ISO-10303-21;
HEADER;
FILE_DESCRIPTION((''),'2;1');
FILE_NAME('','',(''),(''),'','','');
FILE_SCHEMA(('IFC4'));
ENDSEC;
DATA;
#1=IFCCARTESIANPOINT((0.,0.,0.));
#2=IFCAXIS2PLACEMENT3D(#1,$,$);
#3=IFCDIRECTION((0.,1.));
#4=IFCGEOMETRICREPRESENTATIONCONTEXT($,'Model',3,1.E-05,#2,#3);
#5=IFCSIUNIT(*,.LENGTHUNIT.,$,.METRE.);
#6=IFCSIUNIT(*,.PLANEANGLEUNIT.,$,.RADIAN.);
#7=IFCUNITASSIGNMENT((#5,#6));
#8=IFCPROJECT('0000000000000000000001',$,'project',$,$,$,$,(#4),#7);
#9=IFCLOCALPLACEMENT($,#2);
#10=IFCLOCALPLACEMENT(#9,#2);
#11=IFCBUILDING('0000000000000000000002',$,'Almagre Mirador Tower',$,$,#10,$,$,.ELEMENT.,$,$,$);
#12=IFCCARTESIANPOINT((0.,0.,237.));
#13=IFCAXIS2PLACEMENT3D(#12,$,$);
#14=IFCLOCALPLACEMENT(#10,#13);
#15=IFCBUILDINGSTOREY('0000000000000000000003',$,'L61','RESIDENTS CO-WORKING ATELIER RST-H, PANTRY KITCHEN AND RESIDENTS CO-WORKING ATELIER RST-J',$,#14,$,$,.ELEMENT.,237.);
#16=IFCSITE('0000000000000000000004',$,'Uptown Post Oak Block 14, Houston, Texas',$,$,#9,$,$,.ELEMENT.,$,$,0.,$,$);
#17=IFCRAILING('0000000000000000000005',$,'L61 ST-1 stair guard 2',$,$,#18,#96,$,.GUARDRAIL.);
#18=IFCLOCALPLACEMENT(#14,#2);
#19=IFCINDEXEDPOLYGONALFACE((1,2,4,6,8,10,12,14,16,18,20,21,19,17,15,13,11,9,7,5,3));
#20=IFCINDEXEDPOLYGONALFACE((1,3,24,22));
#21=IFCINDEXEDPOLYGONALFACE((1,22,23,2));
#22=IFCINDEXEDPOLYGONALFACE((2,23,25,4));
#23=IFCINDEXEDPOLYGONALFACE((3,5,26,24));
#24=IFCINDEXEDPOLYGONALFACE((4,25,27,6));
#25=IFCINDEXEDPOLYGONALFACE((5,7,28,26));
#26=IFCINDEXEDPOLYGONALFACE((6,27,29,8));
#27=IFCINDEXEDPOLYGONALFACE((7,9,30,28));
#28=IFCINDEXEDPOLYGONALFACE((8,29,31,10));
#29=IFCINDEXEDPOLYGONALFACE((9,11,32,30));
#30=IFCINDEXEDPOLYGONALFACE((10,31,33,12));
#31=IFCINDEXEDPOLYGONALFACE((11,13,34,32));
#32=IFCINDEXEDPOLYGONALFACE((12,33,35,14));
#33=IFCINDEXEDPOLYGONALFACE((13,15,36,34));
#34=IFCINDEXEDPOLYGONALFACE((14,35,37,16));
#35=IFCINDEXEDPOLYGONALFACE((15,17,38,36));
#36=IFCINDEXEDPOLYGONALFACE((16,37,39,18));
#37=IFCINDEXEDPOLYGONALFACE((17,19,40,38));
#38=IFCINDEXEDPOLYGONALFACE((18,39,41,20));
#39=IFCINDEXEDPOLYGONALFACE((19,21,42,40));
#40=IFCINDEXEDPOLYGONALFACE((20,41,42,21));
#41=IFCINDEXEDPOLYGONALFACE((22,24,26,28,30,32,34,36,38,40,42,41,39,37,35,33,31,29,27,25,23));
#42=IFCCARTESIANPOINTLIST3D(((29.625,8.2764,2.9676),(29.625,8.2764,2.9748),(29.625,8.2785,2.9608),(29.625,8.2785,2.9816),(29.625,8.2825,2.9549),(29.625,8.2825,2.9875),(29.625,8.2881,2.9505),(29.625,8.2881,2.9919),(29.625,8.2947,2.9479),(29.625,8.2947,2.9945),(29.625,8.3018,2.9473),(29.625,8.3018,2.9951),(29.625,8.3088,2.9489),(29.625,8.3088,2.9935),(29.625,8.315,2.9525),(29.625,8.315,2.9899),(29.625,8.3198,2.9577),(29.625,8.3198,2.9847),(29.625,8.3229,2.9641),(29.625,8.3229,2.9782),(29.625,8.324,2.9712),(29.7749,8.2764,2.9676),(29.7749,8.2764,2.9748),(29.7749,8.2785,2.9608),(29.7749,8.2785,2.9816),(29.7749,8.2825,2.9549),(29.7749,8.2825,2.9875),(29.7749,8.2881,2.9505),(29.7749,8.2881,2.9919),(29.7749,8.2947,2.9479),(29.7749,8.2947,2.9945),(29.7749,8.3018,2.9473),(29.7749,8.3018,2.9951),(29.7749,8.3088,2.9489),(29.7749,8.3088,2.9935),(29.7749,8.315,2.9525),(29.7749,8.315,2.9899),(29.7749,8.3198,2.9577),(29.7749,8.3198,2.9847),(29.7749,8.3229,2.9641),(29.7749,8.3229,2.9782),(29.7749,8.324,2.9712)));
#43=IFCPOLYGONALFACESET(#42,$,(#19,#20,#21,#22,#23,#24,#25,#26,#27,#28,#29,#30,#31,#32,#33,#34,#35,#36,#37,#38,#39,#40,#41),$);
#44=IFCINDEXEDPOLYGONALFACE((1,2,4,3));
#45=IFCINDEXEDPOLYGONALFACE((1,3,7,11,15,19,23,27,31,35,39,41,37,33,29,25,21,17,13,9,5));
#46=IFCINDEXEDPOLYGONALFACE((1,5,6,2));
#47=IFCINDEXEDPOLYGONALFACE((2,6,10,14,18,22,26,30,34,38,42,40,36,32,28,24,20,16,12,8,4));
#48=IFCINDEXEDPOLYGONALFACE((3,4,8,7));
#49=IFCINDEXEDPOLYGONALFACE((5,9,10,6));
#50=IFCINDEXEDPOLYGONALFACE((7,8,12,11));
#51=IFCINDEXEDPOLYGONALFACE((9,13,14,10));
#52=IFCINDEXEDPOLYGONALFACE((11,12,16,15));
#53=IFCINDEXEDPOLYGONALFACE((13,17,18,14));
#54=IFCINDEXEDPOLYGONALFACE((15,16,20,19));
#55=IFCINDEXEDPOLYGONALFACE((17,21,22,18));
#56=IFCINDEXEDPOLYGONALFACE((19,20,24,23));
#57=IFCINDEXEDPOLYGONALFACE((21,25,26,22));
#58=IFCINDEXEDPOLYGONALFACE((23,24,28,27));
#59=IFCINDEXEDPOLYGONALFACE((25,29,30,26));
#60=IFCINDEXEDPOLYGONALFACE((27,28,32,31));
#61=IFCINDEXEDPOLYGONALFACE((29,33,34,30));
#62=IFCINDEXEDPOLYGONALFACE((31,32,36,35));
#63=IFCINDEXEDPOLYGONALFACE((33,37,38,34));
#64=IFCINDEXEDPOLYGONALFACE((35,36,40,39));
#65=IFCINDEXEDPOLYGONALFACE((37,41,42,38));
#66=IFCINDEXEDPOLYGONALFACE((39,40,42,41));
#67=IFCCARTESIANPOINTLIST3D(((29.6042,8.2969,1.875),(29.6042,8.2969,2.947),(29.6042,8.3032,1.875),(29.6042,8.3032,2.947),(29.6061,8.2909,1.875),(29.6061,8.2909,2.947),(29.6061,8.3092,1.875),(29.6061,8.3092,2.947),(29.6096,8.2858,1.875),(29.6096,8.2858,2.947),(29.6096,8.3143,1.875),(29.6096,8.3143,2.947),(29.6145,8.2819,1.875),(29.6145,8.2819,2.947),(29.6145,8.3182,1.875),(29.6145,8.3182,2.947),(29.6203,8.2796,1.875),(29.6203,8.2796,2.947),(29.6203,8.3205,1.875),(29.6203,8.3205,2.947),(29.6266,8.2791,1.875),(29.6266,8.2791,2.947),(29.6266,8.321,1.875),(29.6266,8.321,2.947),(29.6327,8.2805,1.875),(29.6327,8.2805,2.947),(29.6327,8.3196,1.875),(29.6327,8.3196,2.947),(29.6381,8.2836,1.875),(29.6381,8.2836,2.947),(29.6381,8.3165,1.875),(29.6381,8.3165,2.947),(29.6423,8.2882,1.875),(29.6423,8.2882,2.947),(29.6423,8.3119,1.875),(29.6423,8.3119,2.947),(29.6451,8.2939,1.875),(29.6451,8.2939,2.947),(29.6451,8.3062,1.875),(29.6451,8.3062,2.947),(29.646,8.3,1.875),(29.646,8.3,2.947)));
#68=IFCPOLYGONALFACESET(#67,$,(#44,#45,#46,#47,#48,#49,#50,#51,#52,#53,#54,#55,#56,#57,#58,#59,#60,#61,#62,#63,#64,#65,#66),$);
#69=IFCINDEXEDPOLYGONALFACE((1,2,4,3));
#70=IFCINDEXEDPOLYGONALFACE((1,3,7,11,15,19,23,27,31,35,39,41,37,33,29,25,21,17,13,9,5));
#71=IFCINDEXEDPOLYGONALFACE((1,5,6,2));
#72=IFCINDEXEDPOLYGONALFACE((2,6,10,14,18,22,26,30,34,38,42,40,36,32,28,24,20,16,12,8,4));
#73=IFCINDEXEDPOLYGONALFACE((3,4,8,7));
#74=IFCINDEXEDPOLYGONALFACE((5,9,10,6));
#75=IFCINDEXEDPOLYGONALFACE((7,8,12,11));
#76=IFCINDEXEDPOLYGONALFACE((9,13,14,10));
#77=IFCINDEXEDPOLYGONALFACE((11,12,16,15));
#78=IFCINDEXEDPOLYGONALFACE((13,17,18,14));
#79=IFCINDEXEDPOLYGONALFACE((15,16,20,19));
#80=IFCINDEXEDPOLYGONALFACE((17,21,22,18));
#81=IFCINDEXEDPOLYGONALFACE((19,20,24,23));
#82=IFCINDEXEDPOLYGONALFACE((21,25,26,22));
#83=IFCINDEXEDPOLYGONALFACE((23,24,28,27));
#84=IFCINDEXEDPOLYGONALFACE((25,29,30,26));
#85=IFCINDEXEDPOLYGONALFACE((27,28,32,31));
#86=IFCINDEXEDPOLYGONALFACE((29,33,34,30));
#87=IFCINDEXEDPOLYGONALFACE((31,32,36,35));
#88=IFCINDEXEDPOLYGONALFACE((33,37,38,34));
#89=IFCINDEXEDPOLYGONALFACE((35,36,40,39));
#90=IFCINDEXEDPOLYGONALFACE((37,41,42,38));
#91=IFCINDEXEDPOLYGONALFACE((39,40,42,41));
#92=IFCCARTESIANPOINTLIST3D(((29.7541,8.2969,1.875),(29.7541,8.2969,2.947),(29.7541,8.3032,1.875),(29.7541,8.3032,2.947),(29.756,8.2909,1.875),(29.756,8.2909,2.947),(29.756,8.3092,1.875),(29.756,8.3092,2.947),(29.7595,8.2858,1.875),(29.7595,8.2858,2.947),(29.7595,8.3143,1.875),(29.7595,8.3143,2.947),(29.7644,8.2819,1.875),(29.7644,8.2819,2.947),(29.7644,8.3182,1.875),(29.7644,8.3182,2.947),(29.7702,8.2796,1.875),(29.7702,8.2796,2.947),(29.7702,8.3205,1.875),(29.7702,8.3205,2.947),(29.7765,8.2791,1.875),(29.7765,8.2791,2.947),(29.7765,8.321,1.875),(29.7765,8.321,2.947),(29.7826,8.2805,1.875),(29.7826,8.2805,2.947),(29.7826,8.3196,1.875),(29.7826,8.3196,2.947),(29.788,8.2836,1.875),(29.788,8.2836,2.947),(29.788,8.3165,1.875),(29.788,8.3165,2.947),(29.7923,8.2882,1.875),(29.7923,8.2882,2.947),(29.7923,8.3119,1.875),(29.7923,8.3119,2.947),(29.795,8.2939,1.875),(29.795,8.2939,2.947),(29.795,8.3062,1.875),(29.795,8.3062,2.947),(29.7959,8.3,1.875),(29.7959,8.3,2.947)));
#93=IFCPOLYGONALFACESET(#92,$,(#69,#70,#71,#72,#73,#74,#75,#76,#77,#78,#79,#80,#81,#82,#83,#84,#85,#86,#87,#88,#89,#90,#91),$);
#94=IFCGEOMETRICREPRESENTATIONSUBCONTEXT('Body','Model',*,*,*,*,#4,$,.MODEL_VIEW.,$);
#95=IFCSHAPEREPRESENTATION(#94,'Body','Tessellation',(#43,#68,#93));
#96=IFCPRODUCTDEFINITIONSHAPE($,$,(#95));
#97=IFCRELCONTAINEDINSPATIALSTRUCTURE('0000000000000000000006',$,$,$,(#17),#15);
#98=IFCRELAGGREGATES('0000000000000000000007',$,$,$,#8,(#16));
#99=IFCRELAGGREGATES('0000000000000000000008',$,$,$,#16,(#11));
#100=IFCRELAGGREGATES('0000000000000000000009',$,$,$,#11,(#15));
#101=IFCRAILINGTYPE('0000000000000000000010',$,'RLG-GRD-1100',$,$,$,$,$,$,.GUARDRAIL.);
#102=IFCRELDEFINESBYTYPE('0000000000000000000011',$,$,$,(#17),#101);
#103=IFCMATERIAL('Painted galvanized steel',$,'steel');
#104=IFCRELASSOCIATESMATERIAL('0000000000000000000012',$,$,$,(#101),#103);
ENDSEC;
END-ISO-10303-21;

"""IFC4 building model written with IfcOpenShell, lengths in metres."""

from ifc_helpers import new_model, si_unit, direction, frame, origin, origin_2d, place, context, subcontext, project, spatial, circle, extrude, material, type_object, element, save


model = new_model("IFC4")

# Units and contexts
model_context = context("Model", 3, precision=1e-05, world=origin(), true_north=direction((0.0, 1.0)))
body_context = subcontext(model_context, "Body", "Model", "MODEL_VIEW")
ifc_project = project(units=[si_unit("LENGTHUNIT", "METRE"), si_unit("PLANEANGLEUNIT", "RADIAN")], contexts=[model_context])

# Site, building, storey
site_placement = place(None, origin())
site = spatial("IfcSite", under=ifc_project, at=site_placement, Name="Uptown Post Oak Block 14, Houston, Texas", CompositionType="ELEMENT", RefElevation=0.0)
building_placement = place(site_placement, origin())
building = spatial("IfcBuilding", under=site, at=building_placement, Name="Almagre Mirador Tower", CompositionType="ELEMENT")
storey_placement = place(building_placement, frame((0.0, 0.0, 237.0)))
storey = spatial("IfcBuildingStorey", under=building, at=storey_placement, Name="L61", Description="RESIDENTS CO-WORKING ATELIER RST-H, PANTRY KITCHEN AND RESIDENTS CO-WORKING ATELIER RST-J", CompositionType="ELEMENT", Elevation=237.0)

# Railing
ifc_material_1 = material(Name="Painted galvanized steel", Category="steel")
railing_type_1 = type_object("IfcRailingType", Name="RLG-GRD-1100", PredefinedType="GUARDRAIL", material=ifc_material_1)
railing_1_placement = place(storey_placement, frame((29.625, 8.3, 1.875)))
element("IfcRailing", 1, at=railing_1_placement, inside=storey, type_object=railing_type_1, Name="L61 ST-1 stair guard 2", PredefinedType="GUARDRAIL", context=body_context, shape_type="SweptSolid", body=[
    extrude(circle(Radius=0.0239, at=origin_2d()), frame((0.0, 0.0, 1.0962), z_axis=(1.0, 0.0, 0.0), x_axis=(0.0, 1.0, 0.0)), (0.0, 0.0, 1.0), 0.1499),
    extrude(circle(Radius=0.021, at=origin_2d()), origin(), (0.0, 0.0, 1.0), 1.072),
    extrude(circle(Radius=0.021, at=origin_2d()), frame((0.1499, 0.0, 0.0)), (0.0, 0.0, 1.0), 1.072),
])

save(model, "model.ifc")
